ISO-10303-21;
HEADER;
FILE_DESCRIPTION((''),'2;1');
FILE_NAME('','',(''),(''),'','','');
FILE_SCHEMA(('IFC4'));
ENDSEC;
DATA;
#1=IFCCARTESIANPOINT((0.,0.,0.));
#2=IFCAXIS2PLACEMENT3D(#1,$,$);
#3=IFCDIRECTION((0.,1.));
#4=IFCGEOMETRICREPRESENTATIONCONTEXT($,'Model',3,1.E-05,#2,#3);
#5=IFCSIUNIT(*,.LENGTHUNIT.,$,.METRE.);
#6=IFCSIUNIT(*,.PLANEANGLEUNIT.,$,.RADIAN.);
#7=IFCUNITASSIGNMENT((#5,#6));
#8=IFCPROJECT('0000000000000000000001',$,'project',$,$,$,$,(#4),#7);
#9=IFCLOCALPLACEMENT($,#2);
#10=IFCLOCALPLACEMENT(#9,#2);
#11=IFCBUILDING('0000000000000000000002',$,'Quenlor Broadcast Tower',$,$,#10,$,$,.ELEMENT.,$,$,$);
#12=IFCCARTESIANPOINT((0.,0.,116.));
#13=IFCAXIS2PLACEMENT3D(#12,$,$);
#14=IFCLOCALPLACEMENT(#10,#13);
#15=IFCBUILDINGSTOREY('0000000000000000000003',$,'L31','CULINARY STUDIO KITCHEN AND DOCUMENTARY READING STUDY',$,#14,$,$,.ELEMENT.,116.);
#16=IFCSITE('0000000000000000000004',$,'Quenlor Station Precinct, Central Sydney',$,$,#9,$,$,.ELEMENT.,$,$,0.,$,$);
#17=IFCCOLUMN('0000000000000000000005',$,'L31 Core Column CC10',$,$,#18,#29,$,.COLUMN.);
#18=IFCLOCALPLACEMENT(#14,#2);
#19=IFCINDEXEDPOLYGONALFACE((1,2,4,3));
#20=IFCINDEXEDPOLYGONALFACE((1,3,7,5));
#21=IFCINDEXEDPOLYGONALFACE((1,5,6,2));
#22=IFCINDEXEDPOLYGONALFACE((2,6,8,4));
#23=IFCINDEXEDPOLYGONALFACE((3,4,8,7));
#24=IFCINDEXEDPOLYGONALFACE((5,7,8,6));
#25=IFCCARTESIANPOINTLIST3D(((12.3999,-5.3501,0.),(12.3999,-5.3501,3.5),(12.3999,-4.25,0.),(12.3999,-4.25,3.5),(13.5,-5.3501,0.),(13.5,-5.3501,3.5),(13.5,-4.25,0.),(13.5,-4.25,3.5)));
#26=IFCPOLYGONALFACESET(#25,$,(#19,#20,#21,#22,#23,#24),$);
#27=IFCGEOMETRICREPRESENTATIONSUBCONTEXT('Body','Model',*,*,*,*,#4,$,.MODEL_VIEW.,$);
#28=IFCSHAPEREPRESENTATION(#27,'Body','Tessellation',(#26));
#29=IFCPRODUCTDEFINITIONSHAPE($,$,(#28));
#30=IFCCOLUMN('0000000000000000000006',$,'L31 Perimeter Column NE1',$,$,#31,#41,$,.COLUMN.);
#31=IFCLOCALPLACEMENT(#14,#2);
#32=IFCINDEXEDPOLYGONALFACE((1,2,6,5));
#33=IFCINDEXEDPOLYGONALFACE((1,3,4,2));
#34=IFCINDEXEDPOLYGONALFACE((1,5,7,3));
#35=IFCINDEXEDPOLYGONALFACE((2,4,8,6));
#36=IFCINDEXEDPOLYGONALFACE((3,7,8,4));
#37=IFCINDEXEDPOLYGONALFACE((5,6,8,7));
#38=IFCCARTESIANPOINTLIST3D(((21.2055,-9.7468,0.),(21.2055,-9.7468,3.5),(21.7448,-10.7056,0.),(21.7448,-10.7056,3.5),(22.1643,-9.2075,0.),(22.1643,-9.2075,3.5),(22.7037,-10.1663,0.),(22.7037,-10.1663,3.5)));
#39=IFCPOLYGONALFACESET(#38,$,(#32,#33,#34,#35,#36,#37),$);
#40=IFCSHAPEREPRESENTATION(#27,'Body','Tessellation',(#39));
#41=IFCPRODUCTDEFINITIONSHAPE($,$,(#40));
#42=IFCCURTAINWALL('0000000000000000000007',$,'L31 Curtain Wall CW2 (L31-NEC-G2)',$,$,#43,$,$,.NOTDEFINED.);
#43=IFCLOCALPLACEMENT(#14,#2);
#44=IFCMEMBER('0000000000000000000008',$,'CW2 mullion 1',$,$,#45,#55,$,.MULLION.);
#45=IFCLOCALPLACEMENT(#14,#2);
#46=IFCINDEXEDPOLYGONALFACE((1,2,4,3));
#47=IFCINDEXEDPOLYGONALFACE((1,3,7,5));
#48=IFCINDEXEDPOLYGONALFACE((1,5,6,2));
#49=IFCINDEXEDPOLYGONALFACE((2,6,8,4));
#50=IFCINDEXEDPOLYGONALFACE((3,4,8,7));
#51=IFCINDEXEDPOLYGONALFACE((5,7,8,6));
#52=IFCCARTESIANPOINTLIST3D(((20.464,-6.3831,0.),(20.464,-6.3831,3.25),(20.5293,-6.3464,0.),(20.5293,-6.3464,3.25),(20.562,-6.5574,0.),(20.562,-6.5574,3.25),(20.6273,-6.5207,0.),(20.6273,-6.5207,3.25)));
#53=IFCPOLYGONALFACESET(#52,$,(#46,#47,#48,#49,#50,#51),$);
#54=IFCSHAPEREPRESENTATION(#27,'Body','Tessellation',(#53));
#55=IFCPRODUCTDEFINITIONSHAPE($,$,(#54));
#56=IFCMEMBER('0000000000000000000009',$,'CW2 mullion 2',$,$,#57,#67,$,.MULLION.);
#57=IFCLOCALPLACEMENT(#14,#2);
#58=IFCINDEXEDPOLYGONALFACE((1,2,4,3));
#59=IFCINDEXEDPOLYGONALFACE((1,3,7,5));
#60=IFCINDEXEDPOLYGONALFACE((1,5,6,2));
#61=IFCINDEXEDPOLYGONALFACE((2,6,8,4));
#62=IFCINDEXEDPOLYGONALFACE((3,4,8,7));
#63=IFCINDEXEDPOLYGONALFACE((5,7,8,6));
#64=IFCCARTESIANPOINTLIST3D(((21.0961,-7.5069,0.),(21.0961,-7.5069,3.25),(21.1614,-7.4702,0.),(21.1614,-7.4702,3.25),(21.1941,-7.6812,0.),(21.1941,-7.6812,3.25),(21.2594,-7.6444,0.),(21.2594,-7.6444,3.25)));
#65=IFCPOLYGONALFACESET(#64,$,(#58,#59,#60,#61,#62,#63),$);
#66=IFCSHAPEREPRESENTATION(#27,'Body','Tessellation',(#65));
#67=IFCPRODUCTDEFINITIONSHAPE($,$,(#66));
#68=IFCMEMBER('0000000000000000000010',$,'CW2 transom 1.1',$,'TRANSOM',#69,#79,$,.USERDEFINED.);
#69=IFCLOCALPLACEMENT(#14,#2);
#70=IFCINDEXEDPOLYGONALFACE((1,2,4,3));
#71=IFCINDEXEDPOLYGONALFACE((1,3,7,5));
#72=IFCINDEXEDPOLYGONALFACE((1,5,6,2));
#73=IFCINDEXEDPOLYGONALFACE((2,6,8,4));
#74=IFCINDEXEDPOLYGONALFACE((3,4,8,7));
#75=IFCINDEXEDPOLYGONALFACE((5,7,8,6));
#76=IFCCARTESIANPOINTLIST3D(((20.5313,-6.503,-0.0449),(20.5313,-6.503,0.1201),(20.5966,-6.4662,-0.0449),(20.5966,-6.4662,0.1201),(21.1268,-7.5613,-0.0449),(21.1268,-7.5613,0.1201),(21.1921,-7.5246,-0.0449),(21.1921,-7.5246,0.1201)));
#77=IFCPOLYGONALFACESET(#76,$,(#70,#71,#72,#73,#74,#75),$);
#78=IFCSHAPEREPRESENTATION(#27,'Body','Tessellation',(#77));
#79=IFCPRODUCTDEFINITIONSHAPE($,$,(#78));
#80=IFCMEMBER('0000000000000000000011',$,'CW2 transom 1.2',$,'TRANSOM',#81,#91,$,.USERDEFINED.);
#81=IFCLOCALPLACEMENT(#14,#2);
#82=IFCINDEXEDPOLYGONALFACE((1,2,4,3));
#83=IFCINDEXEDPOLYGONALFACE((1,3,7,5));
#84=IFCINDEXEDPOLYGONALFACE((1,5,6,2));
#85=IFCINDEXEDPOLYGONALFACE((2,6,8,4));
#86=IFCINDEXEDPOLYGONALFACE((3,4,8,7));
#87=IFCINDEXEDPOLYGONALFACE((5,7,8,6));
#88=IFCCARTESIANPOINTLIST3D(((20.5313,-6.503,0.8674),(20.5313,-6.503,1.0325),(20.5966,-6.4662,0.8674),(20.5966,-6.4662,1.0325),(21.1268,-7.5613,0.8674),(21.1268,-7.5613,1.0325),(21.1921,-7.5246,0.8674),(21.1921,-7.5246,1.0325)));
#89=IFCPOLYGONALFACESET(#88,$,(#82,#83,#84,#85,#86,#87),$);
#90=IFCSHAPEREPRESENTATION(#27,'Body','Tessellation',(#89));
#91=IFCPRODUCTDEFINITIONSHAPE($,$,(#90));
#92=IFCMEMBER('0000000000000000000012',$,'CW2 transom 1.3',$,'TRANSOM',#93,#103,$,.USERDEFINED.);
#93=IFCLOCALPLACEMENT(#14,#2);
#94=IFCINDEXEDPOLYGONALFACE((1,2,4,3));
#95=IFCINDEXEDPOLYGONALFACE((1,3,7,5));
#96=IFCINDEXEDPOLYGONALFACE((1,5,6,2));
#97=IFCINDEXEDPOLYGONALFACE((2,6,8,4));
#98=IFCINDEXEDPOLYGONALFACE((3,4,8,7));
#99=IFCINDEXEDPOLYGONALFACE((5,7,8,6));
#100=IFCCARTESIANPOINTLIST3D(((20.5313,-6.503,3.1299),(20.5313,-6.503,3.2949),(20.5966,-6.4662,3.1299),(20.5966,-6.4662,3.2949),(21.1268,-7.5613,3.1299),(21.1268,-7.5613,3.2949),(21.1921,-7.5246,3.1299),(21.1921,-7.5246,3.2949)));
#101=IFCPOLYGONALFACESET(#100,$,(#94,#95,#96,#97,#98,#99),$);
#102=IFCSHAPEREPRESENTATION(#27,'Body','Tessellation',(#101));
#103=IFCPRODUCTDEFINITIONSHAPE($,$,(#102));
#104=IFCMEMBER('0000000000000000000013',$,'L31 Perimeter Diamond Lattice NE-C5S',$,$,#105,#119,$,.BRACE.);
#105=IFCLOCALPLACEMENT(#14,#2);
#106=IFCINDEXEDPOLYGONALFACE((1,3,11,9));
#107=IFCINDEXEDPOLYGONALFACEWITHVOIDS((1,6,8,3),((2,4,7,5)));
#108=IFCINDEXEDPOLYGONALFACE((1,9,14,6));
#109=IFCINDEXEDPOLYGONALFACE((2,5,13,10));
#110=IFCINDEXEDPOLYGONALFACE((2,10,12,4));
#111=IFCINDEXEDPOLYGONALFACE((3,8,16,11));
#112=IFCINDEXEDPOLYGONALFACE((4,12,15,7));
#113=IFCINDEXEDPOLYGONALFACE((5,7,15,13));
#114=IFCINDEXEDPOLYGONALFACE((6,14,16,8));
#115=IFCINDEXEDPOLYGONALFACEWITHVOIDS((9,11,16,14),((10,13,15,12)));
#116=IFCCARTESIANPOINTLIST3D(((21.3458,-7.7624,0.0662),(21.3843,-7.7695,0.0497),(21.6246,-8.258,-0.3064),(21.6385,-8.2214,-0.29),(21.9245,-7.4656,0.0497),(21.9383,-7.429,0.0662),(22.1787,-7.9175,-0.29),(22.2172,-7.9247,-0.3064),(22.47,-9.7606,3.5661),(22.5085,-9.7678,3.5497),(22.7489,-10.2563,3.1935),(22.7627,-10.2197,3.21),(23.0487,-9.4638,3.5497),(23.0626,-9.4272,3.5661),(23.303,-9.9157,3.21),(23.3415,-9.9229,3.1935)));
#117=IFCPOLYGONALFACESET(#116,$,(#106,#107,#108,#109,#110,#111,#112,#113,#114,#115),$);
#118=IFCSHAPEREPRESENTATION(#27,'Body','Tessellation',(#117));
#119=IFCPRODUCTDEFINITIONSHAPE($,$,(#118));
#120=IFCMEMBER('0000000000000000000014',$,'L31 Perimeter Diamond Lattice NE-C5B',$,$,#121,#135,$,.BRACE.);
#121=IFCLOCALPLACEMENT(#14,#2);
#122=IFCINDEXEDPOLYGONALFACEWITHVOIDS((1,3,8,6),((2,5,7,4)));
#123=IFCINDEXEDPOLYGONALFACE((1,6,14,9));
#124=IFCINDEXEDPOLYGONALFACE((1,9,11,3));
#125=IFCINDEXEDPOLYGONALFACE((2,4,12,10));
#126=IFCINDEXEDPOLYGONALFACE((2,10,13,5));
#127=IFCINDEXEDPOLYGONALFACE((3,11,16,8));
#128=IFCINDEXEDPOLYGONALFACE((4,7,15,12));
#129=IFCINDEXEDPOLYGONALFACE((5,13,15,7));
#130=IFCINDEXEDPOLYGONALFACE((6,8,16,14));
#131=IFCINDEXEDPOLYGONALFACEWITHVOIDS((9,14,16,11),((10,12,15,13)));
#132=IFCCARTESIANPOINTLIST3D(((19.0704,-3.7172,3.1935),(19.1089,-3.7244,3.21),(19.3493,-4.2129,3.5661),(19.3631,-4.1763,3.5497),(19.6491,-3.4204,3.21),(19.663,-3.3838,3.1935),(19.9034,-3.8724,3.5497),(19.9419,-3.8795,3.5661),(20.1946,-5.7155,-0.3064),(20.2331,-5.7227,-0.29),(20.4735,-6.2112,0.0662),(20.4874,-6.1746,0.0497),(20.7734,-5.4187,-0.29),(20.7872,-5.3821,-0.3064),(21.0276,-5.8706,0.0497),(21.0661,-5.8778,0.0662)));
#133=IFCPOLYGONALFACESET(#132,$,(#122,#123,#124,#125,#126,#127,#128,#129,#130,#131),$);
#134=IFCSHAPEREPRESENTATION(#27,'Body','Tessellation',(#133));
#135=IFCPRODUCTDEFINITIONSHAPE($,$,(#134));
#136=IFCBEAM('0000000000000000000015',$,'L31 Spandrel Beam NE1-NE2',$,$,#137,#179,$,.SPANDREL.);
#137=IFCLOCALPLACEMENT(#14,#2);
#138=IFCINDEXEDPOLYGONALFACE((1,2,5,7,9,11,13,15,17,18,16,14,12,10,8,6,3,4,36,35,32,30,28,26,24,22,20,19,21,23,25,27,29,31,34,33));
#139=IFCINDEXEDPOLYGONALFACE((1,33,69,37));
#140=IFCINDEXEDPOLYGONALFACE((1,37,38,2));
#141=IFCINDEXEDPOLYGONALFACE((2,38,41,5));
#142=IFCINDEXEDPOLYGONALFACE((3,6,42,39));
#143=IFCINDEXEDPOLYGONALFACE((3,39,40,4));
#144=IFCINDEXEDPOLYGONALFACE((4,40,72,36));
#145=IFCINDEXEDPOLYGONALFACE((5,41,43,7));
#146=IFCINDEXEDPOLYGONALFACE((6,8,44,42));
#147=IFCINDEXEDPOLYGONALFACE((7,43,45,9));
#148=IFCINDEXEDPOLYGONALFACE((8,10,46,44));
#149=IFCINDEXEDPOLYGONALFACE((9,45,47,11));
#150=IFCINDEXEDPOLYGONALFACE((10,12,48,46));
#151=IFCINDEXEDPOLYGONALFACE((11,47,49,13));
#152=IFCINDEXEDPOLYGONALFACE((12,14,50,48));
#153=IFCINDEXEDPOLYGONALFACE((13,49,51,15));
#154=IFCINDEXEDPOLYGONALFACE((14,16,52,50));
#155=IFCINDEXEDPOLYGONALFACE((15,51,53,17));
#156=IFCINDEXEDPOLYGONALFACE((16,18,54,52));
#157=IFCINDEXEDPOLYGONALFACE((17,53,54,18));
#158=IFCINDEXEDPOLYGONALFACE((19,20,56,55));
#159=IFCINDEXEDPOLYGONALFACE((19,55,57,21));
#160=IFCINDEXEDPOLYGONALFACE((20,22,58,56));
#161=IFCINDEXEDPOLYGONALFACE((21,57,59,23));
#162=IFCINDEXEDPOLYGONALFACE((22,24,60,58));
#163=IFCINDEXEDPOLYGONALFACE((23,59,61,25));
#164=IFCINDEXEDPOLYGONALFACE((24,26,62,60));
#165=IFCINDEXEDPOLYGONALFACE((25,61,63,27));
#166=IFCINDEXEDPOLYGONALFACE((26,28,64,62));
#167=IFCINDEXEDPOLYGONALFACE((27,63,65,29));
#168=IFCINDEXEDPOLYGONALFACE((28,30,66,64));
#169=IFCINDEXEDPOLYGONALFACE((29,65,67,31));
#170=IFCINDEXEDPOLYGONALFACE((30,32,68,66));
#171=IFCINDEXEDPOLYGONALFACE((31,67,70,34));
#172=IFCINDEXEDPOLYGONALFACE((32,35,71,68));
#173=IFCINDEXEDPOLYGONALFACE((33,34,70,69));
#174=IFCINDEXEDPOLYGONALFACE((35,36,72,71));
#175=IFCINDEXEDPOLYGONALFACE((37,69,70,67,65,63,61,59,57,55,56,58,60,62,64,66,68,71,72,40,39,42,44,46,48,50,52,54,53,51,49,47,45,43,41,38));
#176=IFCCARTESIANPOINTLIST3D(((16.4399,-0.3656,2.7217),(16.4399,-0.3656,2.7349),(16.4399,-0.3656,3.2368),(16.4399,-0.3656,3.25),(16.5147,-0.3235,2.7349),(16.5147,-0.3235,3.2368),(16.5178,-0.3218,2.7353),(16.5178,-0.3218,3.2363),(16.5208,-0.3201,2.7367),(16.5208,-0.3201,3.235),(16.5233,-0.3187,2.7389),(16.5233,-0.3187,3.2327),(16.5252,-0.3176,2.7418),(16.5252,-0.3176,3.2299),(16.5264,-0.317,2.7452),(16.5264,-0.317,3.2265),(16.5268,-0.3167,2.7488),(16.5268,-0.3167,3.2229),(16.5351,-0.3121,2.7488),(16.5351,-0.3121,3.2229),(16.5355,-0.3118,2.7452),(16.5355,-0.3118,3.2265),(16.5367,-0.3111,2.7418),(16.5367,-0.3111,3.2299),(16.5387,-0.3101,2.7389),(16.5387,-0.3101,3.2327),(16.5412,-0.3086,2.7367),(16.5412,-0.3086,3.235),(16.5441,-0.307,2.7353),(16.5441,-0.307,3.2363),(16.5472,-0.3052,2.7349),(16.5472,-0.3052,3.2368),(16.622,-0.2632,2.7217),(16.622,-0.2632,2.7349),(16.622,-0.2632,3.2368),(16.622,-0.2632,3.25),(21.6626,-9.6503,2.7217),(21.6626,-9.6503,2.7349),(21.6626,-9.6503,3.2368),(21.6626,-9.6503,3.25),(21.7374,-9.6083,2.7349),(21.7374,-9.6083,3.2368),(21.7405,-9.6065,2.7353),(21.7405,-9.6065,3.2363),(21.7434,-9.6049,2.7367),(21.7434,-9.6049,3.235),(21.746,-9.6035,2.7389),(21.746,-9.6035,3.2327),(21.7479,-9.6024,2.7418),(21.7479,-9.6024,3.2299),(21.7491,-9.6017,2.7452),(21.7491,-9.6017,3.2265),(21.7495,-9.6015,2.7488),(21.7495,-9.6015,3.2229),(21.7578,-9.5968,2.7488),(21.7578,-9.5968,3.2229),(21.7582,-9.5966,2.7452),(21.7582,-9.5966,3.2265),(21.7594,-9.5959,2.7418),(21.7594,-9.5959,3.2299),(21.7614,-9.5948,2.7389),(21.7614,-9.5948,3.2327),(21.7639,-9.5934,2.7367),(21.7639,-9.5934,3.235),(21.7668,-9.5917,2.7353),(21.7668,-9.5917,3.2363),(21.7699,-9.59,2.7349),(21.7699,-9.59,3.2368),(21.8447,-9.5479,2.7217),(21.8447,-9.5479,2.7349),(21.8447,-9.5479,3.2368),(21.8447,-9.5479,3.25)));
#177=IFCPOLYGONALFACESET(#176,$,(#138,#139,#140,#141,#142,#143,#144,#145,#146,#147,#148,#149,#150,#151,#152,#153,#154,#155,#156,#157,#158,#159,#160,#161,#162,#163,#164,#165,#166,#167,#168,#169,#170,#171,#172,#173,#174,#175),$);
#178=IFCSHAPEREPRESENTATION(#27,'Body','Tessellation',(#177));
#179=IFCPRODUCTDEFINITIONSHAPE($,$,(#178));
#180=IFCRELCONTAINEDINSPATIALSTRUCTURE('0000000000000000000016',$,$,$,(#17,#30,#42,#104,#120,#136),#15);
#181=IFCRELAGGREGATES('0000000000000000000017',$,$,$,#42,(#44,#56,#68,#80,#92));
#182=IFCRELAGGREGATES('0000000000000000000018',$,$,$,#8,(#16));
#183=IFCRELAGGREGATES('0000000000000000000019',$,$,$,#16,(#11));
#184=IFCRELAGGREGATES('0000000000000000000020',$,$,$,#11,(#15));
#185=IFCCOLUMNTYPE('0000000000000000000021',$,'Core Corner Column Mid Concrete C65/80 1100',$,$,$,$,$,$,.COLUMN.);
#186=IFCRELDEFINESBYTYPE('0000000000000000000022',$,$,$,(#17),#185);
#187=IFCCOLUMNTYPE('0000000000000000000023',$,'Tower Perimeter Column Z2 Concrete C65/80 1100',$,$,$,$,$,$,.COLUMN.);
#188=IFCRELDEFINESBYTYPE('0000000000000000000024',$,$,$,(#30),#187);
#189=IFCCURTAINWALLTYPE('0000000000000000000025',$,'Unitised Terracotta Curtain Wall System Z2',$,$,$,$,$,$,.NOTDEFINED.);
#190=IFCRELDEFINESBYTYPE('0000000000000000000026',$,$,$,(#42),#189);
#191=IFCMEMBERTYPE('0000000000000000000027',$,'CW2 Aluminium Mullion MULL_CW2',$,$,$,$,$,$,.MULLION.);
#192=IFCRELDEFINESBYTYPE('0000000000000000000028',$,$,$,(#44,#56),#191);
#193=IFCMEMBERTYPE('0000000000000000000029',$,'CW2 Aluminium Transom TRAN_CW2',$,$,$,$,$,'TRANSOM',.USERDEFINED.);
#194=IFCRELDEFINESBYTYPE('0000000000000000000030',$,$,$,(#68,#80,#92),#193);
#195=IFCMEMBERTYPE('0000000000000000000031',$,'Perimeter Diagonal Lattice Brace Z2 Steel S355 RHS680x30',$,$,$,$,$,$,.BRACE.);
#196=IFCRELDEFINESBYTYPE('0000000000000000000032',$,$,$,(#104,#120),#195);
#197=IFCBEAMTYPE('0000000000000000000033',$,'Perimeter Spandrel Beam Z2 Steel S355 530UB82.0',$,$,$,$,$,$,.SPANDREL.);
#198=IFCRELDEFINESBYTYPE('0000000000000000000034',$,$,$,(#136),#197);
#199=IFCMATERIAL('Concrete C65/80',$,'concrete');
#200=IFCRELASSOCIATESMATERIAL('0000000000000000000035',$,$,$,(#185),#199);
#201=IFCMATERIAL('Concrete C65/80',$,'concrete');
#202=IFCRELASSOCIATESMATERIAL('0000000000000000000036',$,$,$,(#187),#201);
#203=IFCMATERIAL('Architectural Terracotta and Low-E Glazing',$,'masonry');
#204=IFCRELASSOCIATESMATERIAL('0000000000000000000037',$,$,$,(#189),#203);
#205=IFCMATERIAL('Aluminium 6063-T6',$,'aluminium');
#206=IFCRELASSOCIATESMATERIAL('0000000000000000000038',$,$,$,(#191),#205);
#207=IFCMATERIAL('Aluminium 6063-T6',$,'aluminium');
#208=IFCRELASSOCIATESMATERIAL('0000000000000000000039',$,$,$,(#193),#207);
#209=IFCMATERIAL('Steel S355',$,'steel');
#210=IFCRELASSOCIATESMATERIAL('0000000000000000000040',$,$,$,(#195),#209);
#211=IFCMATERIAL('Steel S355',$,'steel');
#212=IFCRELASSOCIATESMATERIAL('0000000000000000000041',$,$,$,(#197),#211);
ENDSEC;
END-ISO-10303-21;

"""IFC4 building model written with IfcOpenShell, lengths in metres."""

from ifc_helpers import new_model, si_unit, direction, frame, origin, origin_2d, place, context, subcontext, project, spatial, rectangle, hollow_rectangle, i_section, extrude, material, material_profile, profile_set, type_object, element, aggregate, save


model = new_model("IFC4")

# Units and contexts
model_context = context("Model", 3, precision=1e-05, world=origin(), true_north=direction((0.0, 1.0)))
body_context = subcontext(model_context, "Body", "Model", "MODEL_VIEW")
ifc_project = project(units=[si_unit("LENGTHUNIT", "METRE"), si_unit("PLANEANGLEUNIT", "RADIAN")], contexts=[model_context])

# Site, building, storey
site_placement = place(None, origin())
site = spatial("IfcSite", under=ifc_project, at=site_placement, Name="Quenlor Station Precinct, Central Sydney", CompositionType="ELEMENT", RefElevation=0.0)
building_placement = place(site_placement, origin())
building = spatial("IfcBuilding", under=site, at=building_placement, Name="Quenlor Broadcast Tower", CompositionType="ELEMENT")
storey_placement = place(building_placement, frame((0.0, 0.0, 116.0)))
storey = spatial("IfcBuildingStorey", under=building, at=storey_placement, Name="L31", Description="CULINARY STUDIO KITCHEN AND DOCUMENTARY READING STUDY", CompositionType="ELEMENT", Elevation=116.0)

# Columns
ifc_material_1 = material(Name="Concrete C65/80", Category="concrete")
ifc_material_profile_1 = material_profile(ifc_material_1, rectangle(XDim=1.1001, YDim=1.1001, at=origin_2d()))
ifc_profile_set_1 = profile_set([ifc_material_profile_1], Name="Concrete C65/80 RC1100x1100")
column_type_1 = type_object("IfcColumnType", Name="Core Corner Column Mid Concrete C65/80 1100", PredefinedType="COLUMN", material=ifc_profile_set_1)
column_1_placement = place(storey_placement, frame((12.95, -4.8, 0.0), z_axis=(0.0, 0.0, 1.0), x_axis=(1.0, 0.0, 0.0)))
element("IfcColumn", 1, at=column_1_placement, inside=storey, type_object=column_type_1, Name="L31 Core Column CC10", PredefinedType="COLUMN", context=body_context, shape_type="SweptSolid", body=[
    extrude(rectangle(XDim=1.1001, YDim=1.1001, at=origin_2d()), origin(), (0.0, 0.0, 1.0), 3.5),
])
ifc_material_2 = material(Name="Concrete C65/80", Category="concrete")
ifc_material_profile_2 = material_profile(ifc_material_2, rectangle(XDim=1.1001, YDim=1.1001, at=origin_2d()))
ifc_profile_set_2 = profile_set([ifc_material_profile_2], Name="Concrete C65/80 RC1100x1100")
column_type_2 = type_object("IfcColumnType", Name="Tower Perimeter Column Z2 Concrete C65/80 1100", PredefinedType="COLUMN", material=ifc_profile_set_2)
column_2_placement = place(storey_placement, frame((21.9546, -9.9565, 0.0), z_axis=(0.0, 0.0, 1.0), x_axis=(0.871575, 0.490262, 0.0)))
element("IfcColumn", 2, at=column_2_placement, inside=storey, type_object=column_type_2, Name="L31 Perimeter Column NE1", PredefinedType="COLUMN", context=body_context, shape_type="SweptSolid", body=[
    extrude(rectangle(XDim=1.1001, YDim=1.1001, at=origin_2d()), origin(), (0.0, 0.0, 1.0), 3.5),
])

# Curtain wall, members
ifc_material_3 = material(Name="Architectural Terracotta and Low-E Glazing", Category="masonry")
curtain_wall_type = type_object("IfcCurtainWallType", Name="Unitised Terracotta Curtain Wall System Z2", PredefinedType="NOTDEFINED", material=ifc_material_3)
curtain_wall_placement = place(storey_placement, origin())
curtain_wall = element("IfcCurtainWall", 3, at=curtain_wall_placement, inside=storey, type_object=curtain_wall_type, Name="L31 Curtain Wall CW2 (L31-NEC-G2)", PredefinedType="NOTDEFINED")
ifc_material_4 = material(Name="Aluminium 6063-T6", Category="aluminium")
ifc_material_profile_3 = material_profile(ifc_material_4, rectangle(XDim=0.075, YDim=0.2, at=origin_2d()))
ifc_profile_set_3 = profile_set([ifc_material_profile_3], Name="Aluminium 6063-T6 MULL75x200")
member_type_1 = type_object("IfcMemberType", Name="CW2 Aluminium Mullion MULL_CW2", PredefinedType="MULLION", material=ifc_profile_set_3)
member_1_placement = place(storey_placement, frame((20.5457, -6.4519, 0.0), z_axis=(0.0, 0.0, 1.0), x_axis=(0.871566, 0.490279, 0.0)))
member_1 = element("IfcMember", 4, at=member_1_placement, type_object=member_type_1, Name="CW2 mullion 1", PredefinedType="MULLION", context=body_context, shape_type="SweptSolid", body=[
    extrude(rectangle(XDim=0.075, YDim=0.2, at=origin_2d()), origin(), (0.0, 0.0, 1.0), 3.25),
])
member_2_placement = place(storey_placement, frame((21.1777, -7.5757, 0.0), z_axis=(0.0, 0.0, 1.0), x_axis=(0.871566, 0.490279, 0.0)))
member_2 = element("IfcMember", 5, at=member_2_placement, type_object=member_type_1, Name="CW2 mullion 2", PredefinedType="MULLION", context=body_context, shape_type="SweptSolid", body=[
    extrude(rectangle(XDim=0.075, YDim=0.2, at=origin_2d()), origin(), (0.0, 0.0, 1.0), 3.25),
])
ifc_material_5 = material(Name="Aluminium 6063-T6", Category="aluminium")
ifc_material_profile_4 = material_profile(ifc_material_5, rectangle(XDim=0.075, YDim=0.165, at=origin_2d()))
ifc_profile_set_4 = profile_set([ifc_material_profile_4], Name="Aluminium 6063-T6 TRAN75x165")
member_type_2 = type_object("IfcMemberType", Name="CW2 Aluminium Transom TRAN_CW2", ElementType="TRANSOM", PredefinedType="USERDEFINED", material=ifc_profile_set_4)
member_3_placement = place(storey_placement, frame((20.564, -6.4846, 0.0376), z_axis=(0.490347, -0.871527, 0.0), x_axis=(0.871527, 0.490347, 0.0)))
member_3 = element("IfcMember", 6, at=member_3_placement, type_object=member_type_2, Name="CW2 transom 1.1", ObjectType="TRANSOM", PredefinedType="USERDEFINED", context=body_context, shape_type="SweptSolid", body=[
    extrude(rectangle(XDim=0.075, YDim=0.165, at=origin_2d()), origin(), (0.0, 0.0, 1.0), 1.2144),
])
member_4_placement = place(storey_placement, frame((20.564, -6.4846, 0.95), z_axis=(0.490347, -0.871527, 0.0), x_axis=(0.871527, 0.490347, 0.0)))
member_4 = element("IfcMember", 7, at=member_4_placement, type_object=member_type_2, Name="CW2 transom 1.2", ObjectType="TRANSOM", PredefinedType="USERDEFINED", context=body_context, shape_type="SweptSolid", body=[
    extrude(rectangle(XDim=0.075, YDim=0.165, at=origin_2d()), origin(), (0.0, 0.0, 1.0), 1.2144),
])
member_5_placement = place(storey_placement, frame((20.564, -6.4846, 3.2124), z_axis=(0.490347, -0.871527, 0.0), x_axis=(0.871527, 0.490347, 0.0)))
member_5 = element("IfcMember", 8, at=member_5_placement, type_object=member_type_2, Name="CW2 transom 1.3", ObjectType="TRANSOM", PredefinedType="USERDEFINED", context=body_context, shape_type="SweptSolid", body=[
    extrude(rectangle(XDim=0.075, YDim=0.165, at=origin_2d()), origin(), (0.0, 0.0, 1.0), 1.2144),
])

# Members
ifc_material_6 = material(Name="Steel S355", Category="steel")
ifc_material_profile_5 = material_profile(ifc_material_6, hollow_rectangle(XDim=0.6799, YDim=0.6799, WallThickness=0.03, at=origin_2d()))
ifc_profile_set_5 = profile_set([ifc_material_profile_5], Name="Steel S355 RHS680x680x30")
member_type_3 = type_object("IfcMemberType", Name="Perimeter Diagonal Lattice Brace Z2 Steel S355 RHS680x30", PredefinedType="BRACE", material=ifc_profile_set_5)
for number, where, z_axis, x_axis, name in (
    (9, (21.7815, -7.8435, -0.1201), (0.268697, -0.477585, 0.836489), (0.871533, 0.490337, 0.0), "L31 Perimeter Diamond Lattice NE-C5S"),
    (10, (20.6304, -5.7966, -0.1201), (-0.268697, 0.477585, 0.836489), (-0.871533, -0.490337, 0.0), "L31 Perimeter Diamond Lattice NE-C5B"),
):
    element("IfcMember", number, at=place(storey_placement, frame(where, z_axis=z_axis, x_axis=x_axis)), inside=storey, type_object=member_type_3, Name=name, PredefinedType="BRACE", context=body_context, shape_type="SweptSolid", body=[
        extrude(hollow_rectangle(XDim=0.6799, YDim=0.6799, WallThickness=0.03, at=origin_2d()), origin(), (0.0, 0.0, 1.0), 4.1841),
    ])

# Beam
ifc_material_7 = material(Name="Steel S355", Category="steel")
ifc_material_profile_6 = material_profile(ifc_material_7, i_section(OverallWidth=0.209, OverallDepth=0.5283, WebThickness=0.0095, FlangeThickness=0.0132, FilletRadius=0.0139, at=origin_2d()))
ifc_profile_set_6 = profile_set([ifc_material_profile_6], Name="Steel S355 530UB82.0")
beam_type_1 = type_object("IfcBeamType", Name="Perimeter Spandrel Beam Z2 Steel S355 530UB82.0", PredefinedType="SPANDREL", material=ifc_profile_set_6)
beam_1_placement = place(storey_placement, frame((21.7537, -9.5991, 2.9858), z_axis=(-0.490263, 0.871574, 0.0), x_axis=(-0.871574, -0.490263, 0.0)))
element("IfcBeam", 11, at=beam_1_placement, inside=storey, type_object=beam_type_1, Name="L31 Spandrel Beam NE1-NE2", PredefinedType="SPANDREL", context=body_context, shape_type="SweptSolid", body=[
    extrude(i_section(OverallWidth=0.209, OverallDepth=0.5283, WebThickness=0.0095, FlangeThickness=0.0132, FilletRadius=0.0139, at=origin_2d()), origin(), (0.0, 0.0, 1.0), 10.6528),
])

aggregate(curtain_wall, [member_1, member_2, member_3, member_4, member_5])

save(model, "model.ifc")
